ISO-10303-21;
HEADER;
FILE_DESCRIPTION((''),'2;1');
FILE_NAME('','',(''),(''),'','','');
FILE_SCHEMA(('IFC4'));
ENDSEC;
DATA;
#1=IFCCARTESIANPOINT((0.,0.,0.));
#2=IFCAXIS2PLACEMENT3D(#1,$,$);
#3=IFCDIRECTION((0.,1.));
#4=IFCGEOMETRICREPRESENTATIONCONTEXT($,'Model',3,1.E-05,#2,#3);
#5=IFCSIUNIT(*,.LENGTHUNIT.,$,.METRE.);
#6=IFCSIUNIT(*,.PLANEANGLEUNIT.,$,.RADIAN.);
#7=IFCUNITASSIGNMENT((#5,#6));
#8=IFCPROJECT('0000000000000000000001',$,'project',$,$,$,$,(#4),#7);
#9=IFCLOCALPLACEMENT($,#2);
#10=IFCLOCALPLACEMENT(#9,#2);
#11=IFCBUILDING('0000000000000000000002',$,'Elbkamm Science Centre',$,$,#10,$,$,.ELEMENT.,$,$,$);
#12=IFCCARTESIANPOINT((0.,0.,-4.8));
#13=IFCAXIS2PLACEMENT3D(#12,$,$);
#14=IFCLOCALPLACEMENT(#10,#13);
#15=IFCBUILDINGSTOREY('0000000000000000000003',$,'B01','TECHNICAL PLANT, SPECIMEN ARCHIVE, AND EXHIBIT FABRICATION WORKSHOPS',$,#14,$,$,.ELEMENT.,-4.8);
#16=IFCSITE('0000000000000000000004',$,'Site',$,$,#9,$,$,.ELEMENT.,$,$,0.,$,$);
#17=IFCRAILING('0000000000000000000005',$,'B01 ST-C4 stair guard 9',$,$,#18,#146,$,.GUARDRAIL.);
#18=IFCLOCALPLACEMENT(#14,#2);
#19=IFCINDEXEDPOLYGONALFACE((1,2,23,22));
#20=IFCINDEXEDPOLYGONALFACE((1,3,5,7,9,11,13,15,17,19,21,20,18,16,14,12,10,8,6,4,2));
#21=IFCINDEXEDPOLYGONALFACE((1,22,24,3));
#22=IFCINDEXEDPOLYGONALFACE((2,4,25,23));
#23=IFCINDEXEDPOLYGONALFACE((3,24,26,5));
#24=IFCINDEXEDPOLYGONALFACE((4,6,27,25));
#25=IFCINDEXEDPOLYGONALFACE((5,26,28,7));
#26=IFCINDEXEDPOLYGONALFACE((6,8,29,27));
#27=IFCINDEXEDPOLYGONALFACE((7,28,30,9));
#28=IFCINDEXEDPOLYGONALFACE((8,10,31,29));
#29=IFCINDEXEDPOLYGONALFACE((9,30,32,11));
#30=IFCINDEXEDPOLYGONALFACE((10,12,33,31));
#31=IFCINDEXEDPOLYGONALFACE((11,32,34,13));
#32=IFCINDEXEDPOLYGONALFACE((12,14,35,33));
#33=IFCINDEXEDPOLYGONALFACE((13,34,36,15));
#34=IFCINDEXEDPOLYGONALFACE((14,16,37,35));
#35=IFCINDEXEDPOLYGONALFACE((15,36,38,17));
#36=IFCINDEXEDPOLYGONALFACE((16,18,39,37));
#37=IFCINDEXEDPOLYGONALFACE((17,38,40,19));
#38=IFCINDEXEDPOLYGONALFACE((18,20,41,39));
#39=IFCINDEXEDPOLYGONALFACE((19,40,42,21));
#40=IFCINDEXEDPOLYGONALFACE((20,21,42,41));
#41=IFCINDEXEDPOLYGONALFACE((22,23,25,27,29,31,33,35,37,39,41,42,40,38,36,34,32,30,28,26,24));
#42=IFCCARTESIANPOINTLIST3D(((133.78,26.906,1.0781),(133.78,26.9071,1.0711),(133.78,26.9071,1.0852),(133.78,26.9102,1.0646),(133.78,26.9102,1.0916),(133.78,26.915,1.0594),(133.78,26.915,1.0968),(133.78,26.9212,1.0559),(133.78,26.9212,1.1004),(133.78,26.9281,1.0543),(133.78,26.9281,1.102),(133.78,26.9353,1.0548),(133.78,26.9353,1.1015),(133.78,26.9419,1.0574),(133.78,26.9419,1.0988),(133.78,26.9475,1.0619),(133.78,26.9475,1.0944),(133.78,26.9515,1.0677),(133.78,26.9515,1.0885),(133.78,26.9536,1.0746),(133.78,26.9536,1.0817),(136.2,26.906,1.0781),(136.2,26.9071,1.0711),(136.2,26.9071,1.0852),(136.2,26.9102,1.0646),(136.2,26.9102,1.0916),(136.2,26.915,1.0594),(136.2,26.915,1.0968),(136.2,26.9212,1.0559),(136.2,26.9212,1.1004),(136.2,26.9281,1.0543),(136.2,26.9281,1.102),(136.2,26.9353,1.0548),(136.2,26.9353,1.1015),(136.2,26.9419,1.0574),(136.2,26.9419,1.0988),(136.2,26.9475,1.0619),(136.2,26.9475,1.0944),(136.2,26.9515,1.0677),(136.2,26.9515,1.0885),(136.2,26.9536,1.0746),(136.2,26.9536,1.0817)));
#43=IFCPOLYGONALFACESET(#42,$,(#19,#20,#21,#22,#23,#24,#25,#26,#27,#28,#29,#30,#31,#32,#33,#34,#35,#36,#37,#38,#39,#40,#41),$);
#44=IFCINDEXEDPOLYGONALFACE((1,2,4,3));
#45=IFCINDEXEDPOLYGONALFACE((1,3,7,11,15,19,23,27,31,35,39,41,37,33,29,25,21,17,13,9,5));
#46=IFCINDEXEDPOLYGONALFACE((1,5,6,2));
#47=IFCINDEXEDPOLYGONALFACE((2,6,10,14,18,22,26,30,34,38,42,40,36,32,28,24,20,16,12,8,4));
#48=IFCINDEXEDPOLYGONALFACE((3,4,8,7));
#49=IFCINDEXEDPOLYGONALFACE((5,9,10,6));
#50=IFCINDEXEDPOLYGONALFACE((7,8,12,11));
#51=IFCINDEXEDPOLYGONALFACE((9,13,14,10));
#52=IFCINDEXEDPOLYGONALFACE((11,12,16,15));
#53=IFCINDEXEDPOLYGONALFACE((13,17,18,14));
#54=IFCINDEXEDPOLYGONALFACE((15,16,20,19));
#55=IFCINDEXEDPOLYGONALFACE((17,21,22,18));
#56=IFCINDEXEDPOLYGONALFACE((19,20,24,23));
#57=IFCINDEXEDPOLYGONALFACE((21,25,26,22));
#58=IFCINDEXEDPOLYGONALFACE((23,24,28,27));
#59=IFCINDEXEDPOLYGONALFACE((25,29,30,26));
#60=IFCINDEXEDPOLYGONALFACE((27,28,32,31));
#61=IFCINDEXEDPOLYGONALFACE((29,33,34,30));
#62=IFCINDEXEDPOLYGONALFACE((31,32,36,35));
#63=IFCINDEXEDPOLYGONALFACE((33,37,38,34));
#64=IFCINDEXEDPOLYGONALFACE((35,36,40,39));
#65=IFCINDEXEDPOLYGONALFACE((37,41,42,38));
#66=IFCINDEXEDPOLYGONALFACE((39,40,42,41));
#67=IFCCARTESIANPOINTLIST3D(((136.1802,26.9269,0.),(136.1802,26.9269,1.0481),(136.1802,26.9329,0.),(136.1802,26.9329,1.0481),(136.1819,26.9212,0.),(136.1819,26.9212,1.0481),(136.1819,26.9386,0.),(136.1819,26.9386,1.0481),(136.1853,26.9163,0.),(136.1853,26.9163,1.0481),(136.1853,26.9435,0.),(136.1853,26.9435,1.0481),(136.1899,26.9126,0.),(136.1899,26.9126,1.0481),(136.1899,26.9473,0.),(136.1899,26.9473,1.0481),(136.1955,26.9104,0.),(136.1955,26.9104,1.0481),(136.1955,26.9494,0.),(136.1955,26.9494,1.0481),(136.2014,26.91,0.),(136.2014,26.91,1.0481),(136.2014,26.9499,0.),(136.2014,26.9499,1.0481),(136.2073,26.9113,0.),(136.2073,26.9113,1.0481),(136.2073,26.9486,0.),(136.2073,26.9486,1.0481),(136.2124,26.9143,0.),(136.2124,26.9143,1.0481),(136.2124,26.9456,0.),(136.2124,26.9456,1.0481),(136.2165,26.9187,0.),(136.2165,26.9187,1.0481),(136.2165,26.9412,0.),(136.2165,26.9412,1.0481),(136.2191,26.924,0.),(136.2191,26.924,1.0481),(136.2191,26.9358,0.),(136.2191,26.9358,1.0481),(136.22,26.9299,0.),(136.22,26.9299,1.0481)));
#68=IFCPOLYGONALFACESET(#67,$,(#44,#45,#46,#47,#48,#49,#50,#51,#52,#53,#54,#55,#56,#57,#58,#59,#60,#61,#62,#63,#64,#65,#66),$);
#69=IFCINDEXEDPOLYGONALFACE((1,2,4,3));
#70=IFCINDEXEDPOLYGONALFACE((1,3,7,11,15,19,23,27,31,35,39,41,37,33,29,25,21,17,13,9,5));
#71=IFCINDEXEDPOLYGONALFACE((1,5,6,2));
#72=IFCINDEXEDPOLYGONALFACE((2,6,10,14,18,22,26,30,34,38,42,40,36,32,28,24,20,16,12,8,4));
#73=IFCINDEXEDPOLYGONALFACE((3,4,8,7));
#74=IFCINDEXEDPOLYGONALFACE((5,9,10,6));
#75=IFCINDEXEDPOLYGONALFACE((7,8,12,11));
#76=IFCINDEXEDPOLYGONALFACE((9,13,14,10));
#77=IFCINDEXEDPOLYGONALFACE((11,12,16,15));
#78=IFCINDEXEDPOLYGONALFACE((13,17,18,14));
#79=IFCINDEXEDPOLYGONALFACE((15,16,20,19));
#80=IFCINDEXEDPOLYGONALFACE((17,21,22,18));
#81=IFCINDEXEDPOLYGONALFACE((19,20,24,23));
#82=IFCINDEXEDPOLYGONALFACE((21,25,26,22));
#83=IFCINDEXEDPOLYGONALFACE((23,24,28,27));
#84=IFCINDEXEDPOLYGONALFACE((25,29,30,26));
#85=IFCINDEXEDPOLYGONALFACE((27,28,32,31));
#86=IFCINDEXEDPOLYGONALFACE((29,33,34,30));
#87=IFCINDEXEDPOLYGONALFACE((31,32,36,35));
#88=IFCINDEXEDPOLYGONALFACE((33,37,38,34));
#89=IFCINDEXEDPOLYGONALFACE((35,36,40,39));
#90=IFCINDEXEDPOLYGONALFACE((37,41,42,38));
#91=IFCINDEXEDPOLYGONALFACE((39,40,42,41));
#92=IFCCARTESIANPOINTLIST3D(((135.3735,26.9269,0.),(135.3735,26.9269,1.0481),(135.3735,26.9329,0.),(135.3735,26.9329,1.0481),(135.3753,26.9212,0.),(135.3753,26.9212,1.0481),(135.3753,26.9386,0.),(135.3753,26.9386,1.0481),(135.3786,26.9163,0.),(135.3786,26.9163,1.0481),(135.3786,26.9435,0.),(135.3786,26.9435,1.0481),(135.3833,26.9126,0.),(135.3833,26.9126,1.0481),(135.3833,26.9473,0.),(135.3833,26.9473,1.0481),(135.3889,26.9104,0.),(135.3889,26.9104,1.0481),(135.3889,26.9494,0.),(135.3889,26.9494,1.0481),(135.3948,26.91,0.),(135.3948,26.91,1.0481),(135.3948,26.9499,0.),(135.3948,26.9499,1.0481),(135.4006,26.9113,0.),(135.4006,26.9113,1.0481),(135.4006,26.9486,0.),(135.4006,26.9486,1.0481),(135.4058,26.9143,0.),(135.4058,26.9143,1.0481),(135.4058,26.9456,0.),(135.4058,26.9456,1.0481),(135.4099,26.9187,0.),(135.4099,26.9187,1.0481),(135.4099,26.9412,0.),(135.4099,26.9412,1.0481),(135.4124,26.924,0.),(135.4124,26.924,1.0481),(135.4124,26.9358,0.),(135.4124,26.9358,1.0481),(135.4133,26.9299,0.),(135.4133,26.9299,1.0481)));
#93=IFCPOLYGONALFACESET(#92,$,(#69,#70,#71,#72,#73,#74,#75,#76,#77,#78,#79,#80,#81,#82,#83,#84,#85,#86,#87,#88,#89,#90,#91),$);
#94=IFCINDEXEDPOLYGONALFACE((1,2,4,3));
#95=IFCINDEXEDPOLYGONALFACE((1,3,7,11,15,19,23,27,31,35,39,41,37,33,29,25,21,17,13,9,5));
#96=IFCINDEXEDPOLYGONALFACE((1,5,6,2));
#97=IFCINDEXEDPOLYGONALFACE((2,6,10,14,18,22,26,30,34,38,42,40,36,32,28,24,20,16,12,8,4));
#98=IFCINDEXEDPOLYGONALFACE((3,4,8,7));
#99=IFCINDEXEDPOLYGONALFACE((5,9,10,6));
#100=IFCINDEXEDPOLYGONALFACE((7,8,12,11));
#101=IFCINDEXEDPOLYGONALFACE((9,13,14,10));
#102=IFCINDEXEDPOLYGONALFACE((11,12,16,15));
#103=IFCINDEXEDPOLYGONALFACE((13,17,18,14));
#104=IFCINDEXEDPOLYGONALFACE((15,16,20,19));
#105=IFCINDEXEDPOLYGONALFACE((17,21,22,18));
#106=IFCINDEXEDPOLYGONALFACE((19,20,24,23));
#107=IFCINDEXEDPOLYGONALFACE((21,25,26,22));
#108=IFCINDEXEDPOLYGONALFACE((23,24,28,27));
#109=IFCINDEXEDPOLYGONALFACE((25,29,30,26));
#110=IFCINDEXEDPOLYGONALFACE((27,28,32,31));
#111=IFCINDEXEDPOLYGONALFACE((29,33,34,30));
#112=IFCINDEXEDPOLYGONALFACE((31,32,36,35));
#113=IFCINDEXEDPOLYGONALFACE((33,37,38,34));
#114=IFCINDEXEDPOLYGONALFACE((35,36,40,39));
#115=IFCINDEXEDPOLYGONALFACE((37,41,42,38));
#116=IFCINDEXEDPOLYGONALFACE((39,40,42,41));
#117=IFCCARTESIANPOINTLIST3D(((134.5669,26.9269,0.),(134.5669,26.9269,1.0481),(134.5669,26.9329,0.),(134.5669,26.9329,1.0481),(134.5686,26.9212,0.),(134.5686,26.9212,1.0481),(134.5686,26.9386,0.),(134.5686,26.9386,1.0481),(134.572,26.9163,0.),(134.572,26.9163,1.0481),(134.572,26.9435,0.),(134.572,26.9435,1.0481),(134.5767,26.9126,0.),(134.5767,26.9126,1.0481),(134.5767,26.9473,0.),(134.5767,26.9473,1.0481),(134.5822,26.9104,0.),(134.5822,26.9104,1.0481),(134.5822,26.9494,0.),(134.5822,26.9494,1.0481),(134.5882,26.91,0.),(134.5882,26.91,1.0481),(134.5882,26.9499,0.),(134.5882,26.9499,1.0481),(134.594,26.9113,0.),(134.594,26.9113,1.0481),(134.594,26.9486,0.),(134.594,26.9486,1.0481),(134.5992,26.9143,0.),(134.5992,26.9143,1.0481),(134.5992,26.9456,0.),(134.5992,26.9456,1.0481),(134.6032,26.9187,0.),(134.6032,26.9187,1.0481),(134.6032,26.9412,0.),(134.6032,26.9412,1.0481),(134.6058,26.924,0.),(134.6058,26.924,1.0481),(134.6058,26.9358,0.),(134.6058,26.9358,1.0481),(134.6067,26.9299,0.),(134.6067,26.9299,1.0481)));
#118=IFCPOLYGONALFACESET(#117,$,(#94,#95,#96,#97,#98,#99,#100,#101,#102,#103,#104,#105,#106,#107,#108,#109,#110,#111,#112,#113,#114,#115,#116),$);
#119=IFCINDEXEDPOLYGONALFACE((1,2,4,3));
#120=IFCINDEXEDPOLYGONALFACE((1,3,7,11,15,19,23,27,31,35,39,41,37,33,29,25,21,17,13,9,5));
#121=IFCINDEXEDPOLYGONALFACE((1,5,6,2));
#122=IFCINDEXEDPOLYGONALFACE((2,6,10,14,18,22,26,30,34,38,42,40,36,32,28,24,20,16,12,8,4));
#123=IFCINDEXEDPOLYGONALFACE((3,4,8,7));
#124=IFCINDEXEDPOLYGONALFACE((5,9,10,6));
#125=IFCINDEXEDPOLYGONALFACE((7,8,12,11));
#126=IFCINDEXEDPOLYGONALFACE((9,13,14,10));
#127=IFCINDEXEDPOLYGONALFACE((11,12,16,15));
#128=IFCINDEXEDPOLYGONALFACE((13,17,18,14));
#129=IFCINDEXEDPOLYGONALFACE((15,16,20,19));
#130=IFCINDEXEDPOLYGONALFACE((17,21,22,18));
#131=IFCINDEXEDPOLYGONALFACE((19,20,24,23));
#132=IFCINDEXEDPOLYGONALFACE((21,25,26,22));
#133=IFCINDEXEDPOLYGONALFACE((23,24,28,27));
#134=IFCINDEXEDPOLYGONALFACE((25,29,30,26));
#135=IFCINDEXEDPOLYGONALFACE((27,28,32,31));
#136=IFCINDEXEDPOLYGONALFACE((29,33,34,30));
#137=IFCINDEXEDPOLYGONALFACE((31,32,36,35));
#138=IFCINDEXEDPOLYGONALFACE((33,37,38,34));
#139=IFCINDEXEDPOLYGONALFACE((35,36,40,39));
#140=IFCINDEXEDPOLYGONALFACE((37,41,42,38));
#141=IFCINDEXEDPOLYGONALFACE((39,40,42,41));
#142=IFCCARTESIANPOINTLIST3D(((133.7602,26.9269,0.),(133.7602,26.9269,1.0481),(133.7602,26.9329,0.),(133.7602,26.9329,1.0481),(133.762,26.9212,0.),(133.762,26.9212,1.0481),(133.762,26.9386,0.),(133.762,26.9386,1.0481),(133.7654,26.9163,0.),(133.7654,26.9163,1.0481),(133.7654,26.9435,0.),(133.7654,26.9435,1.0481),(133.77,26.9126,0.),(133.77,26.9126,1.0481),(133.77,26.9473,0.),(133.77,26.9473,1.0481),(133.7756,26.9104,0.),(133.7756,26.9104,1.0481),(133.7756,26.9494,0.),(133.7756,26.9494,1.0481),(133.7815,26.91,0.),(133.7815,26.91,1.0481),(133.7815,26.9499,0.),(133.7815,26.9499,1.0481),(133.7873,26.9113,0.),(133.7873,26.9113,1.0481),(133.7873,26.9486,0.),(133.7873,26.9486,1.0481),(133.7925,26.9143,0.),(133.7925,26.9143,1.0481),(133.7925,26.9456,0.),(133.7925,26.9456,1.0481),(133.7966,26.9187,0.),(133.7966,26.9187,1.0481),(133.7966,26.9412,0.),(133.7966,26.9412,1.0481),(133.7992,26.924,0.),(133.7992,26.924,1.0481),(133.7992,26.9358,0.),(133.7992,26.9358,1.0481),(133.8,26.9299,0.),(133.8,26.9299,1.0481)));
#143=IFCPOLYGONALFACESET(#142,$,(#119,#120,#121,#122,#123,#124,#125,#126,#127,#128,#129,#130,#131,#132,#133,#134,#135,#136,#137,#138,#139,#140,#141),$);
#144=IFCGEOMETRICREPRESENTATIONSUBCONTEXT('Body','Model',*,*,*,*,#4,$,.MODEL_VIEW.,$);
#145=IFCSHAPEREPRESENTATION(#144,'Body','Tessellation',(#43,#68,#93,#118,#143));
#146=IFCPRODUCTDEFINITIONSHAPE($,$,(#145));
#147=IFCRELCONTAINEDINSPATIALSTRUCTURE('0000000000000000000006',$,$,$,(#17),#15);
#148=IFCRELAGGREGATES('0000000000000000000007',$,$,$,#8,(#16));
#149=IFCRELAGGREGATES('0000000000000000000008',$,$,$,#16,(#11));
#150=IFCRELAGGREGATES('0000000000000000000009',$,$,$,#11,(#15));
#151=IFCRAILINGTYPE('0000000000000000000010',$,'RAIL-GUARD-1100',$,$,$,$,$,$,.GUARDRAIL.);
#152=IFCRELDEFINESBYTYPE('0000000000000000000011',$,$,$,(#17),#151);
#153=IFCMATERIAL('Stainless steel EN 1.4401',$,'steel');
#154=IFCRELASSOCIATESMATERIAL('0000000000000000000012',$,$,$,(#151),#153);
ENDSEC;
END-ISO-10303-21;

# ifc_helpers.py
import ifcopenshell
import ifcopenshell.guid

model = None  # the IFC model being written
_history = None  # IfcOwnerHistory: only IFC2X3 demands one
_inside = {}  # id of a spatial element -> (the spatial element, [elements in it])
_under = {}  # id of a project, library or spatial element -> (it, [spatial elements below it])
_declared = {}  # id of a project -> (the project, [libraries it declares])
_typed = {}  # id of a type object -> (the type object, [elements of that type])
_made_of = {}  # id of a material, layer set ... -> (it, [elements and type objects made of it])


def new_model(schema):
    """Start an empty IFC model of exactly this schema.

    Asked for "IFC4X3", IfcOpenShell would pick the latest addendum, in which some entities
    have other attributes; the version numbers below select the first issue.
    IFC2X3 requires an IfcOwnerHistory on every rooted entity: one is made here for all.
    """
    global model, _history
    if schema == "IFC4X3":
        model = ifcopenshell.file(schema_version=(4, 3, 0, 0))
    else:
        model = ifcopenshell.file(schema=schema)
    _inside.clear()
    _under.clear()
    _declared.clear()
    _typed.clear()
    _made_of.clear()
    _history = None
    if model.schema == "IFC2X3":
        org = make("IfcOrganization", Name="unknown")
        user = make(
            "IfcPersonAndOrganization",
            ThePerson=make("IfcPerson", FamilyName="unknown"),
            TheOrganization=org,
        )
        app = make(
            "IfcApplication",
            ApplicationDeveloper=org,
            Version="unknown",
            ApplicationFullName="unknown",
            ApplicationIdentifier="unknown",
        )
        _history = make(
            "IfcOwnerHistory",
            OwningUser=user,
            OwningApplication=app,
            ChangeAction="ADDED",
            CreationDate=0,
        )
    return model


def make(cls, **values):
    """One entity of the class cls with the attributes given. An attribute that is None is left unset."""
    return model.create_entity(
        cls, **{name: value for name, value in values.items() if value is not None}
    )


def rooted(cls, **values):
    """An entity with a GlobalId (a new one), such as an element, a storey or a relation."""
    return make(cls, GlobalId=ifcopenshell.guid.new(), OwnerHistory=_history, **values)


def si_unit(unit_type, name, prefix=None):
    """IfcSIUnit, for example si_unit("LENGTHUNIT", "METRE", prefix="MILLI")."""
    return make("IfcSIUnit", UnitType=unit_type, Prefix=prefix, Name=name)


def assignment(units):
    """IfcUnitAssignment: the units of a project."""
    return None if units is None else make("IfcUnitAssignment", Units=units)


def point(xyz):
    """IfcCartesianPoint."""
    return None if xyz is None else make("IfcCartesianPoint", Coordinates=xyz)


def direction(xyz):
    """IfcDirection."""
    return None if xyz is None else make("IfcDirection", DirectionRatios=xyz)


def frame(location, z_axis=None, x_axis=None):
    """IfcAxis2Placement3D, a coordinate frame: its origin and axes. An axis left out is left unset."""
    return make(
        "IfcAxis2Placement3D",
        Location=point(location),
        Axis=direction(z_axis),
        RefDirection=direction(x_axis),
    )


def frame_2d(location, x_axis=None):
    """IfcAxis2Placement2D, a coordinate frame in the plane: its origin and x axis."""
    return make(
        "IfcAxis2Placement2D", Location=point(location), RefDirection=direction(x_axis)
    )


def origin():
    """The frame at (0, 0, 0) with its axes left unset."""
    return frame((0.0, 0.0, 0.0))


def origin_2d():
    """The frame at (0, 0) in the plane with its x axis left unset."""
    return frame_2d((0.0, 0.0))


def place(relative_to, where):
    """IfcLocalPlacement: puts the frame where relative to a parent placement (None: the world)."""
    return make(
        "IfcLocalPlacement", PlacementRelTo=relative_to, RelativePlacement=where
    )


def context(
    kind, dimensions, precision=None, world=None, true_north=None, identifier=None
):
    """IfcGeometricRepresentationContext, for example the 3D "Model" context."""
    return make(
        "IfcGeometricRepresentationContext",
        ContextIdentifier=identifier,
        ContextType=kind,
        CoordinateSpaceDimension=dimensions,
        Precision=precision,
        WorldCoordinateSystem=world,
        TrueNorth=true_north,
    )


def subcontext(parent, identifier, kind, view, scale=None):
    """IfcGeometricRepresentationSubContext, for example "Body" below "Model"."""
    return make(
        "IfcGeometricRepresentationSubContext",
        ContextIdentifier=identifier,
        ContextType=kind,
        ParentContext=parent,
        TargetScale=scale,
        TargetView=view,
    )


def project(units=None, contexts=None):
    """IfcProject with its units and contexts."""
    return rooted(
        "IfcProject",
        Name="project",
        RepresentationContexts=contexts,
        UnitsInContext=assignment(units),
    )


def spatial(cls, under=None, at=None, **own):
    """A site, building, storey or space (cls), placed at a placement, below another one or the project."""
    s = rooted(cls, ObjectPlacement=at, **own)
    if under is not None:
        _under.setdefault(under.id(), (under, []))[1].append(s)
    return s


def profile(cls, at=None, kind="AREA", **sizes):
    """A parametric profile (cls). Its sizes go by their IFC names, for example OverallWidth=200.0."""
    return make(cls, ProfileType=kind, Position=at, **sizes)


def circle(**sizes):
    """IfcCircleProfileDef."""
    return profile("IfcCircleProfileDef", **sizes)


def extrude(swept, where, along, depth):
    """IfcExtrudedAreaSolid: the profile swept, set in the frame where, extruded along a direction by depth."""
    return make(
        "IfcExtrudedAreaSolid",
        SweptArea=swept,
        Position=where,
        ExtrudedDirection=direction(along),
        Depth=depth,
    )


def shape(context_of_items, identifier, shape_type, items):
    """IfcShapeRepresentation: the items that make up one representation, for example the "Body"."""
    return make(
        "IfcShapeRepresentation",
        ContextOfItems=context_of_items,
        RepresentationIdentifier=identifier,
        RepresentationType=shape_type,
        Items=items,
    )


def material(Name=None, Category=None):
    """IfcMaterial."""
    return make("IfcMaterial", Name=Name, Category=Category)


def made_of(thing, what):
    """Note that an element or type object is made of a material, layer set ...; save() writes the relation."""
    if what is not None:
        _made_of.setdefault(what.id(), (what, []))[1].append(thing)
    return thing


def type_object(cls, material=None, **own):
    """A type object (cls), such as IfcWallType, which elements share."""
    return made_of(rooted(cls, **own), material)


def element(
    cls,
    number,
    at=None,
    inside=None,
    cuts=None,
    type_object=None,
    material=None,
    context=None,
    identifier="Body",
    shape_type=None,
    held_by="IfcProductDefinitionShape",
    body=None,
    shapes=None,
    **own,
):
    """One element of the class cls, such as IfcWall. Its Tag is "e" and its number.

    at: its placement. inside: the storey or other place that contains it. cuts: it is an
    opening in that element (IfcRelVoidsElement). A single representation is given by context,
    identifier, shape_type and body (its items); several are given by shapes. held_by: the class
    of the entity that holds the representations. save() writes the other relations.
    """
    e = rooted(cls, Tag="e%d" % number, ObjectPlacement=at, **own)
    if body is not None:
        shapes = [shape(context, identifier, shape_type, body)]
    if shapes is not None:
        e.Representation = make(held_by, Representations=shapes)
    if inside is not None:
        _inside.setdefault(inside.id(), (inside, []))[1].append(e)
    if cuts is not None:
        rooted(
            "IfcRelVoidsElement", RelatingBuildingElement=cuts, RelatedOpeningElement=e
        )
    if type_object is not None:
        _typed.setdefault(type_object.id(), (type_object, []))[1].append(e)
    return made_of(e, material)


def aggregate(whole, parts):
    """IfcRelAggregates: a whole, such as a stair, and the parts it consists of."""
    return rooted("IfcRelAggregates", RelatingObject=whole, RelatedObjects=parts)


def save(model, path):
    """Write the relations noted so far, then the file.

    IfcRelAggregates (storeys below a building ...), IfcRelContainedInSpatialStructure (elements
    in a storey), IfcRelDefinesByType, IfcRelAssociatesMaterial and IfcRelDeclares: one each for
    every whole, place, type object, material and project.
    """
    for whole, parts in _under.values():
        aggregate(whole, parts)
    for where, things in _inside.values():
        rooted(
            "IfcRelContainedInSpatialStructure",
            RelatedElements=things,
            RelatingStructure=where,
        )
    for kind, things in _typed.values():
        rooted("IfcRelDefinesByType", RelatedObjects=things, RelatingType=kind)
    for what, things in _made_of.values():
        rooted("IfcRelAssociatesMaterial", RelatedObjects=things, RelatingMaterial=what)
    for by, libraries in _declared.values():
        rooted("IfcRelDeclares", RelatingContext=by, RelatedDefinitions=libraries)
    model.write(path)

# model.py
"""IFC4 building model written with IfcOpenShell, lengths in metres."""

from ifc_helpers import new_model, si_unit, direction, frame, origin, origin_2d, place, context, subcontext, project, spatial, circle, extrude, material, type_object, element, save


model = new_model("IFC4")

# Units and contexts
model_context = context("Model", 3, precision=1e-05, world=origin(), true_north=direction((0.0, 1.0)))
body_context = subcontext(model_context, "Body", "Model", "MODEL_VIEW")
ifc_project = project(units=[si_unit("LENGTHUNIT", "METRE"), si_unit("PLANEANGLEUNIT", "RADIAN")], contexts=[model_context])

# Site, building, storey
site_placement = place(None, origin())
site = spatial("IfcSite", under=ifc_project, at=site_placement, Name="Site", CompositionType="ELEMENT", RefElevation=0.0)
building_placement = place(site_placement, origin())
building = spatial("IfcBuilding", under=site, at=building_placement, Name="Elbkamm Science Centre", CompositionType="ELEMENT")
storey_placement = place(building_placement, frame((0.0, 0.0, -4.8)))
storey = spatial("IfcBuildingStorey", under=building, at=storey_placement, Name="B01", Description="TECHNICAL PLANT, SPECIMEN ARCHIVE, AND EXHIBIT FABRICATION WORKSHOPS", CompositionType="ELEMENT", Elevation=-4.8)

# Railing
ifc_material_1 = material(Name="Stainless steel EN 1.4401", Category="steel")
railing_type_1 = type_object("IfcRailingType", Name="RAIL-GUARD-1100", PredefinedType="GUARDRAIL", material=ifc_material_1)
for number, where, name in (
    (1, (136.2, 26.9299, 0.0), "B01 ST-C4 stair guard 9"),
):
    element("IfcRailing", number, at=place(storey_placement, frame(where)), inside=storey, type_object=railing_type_1, Name=name, PredefinedType="GUARDRAIL", context=body_context, shape_type="SweptSolid", body=[
        extrude(circle(Radius=0.0239, at=origin_2d()), frame((0.0, 0.0, 1.0781), z_axis=(-1.0, 0.0, 0.0), x_axis=(0.0, -1.0, 0.0)), (0.0, 0.0, 1.0), 2.4199),
        extrude(circle(Radius=0.02, at=origin_2d()), origin(), (0.0, 0.0, 1.0), 1.0481),
        extrude(circle(Radius=0.02, at=origin_2d()), frame((-0.8066, 0.0, 0.0)), (0.0, 0.0, 1.0), 1.0481),
        extrude(circle(Radius=0.02, at=origin_2d()), frame((-1.6133, 0.0, 0.0)), (0.0, 0.0, 1.0), 1.0481),
        extrude(circle(Radius=0.02, at=origin_2d()), frame((-2.4199, 0.0, 0.0)), (0.0, 0.0, 1.0), 1.0481),
    ])

save(model, "model.ifc")
